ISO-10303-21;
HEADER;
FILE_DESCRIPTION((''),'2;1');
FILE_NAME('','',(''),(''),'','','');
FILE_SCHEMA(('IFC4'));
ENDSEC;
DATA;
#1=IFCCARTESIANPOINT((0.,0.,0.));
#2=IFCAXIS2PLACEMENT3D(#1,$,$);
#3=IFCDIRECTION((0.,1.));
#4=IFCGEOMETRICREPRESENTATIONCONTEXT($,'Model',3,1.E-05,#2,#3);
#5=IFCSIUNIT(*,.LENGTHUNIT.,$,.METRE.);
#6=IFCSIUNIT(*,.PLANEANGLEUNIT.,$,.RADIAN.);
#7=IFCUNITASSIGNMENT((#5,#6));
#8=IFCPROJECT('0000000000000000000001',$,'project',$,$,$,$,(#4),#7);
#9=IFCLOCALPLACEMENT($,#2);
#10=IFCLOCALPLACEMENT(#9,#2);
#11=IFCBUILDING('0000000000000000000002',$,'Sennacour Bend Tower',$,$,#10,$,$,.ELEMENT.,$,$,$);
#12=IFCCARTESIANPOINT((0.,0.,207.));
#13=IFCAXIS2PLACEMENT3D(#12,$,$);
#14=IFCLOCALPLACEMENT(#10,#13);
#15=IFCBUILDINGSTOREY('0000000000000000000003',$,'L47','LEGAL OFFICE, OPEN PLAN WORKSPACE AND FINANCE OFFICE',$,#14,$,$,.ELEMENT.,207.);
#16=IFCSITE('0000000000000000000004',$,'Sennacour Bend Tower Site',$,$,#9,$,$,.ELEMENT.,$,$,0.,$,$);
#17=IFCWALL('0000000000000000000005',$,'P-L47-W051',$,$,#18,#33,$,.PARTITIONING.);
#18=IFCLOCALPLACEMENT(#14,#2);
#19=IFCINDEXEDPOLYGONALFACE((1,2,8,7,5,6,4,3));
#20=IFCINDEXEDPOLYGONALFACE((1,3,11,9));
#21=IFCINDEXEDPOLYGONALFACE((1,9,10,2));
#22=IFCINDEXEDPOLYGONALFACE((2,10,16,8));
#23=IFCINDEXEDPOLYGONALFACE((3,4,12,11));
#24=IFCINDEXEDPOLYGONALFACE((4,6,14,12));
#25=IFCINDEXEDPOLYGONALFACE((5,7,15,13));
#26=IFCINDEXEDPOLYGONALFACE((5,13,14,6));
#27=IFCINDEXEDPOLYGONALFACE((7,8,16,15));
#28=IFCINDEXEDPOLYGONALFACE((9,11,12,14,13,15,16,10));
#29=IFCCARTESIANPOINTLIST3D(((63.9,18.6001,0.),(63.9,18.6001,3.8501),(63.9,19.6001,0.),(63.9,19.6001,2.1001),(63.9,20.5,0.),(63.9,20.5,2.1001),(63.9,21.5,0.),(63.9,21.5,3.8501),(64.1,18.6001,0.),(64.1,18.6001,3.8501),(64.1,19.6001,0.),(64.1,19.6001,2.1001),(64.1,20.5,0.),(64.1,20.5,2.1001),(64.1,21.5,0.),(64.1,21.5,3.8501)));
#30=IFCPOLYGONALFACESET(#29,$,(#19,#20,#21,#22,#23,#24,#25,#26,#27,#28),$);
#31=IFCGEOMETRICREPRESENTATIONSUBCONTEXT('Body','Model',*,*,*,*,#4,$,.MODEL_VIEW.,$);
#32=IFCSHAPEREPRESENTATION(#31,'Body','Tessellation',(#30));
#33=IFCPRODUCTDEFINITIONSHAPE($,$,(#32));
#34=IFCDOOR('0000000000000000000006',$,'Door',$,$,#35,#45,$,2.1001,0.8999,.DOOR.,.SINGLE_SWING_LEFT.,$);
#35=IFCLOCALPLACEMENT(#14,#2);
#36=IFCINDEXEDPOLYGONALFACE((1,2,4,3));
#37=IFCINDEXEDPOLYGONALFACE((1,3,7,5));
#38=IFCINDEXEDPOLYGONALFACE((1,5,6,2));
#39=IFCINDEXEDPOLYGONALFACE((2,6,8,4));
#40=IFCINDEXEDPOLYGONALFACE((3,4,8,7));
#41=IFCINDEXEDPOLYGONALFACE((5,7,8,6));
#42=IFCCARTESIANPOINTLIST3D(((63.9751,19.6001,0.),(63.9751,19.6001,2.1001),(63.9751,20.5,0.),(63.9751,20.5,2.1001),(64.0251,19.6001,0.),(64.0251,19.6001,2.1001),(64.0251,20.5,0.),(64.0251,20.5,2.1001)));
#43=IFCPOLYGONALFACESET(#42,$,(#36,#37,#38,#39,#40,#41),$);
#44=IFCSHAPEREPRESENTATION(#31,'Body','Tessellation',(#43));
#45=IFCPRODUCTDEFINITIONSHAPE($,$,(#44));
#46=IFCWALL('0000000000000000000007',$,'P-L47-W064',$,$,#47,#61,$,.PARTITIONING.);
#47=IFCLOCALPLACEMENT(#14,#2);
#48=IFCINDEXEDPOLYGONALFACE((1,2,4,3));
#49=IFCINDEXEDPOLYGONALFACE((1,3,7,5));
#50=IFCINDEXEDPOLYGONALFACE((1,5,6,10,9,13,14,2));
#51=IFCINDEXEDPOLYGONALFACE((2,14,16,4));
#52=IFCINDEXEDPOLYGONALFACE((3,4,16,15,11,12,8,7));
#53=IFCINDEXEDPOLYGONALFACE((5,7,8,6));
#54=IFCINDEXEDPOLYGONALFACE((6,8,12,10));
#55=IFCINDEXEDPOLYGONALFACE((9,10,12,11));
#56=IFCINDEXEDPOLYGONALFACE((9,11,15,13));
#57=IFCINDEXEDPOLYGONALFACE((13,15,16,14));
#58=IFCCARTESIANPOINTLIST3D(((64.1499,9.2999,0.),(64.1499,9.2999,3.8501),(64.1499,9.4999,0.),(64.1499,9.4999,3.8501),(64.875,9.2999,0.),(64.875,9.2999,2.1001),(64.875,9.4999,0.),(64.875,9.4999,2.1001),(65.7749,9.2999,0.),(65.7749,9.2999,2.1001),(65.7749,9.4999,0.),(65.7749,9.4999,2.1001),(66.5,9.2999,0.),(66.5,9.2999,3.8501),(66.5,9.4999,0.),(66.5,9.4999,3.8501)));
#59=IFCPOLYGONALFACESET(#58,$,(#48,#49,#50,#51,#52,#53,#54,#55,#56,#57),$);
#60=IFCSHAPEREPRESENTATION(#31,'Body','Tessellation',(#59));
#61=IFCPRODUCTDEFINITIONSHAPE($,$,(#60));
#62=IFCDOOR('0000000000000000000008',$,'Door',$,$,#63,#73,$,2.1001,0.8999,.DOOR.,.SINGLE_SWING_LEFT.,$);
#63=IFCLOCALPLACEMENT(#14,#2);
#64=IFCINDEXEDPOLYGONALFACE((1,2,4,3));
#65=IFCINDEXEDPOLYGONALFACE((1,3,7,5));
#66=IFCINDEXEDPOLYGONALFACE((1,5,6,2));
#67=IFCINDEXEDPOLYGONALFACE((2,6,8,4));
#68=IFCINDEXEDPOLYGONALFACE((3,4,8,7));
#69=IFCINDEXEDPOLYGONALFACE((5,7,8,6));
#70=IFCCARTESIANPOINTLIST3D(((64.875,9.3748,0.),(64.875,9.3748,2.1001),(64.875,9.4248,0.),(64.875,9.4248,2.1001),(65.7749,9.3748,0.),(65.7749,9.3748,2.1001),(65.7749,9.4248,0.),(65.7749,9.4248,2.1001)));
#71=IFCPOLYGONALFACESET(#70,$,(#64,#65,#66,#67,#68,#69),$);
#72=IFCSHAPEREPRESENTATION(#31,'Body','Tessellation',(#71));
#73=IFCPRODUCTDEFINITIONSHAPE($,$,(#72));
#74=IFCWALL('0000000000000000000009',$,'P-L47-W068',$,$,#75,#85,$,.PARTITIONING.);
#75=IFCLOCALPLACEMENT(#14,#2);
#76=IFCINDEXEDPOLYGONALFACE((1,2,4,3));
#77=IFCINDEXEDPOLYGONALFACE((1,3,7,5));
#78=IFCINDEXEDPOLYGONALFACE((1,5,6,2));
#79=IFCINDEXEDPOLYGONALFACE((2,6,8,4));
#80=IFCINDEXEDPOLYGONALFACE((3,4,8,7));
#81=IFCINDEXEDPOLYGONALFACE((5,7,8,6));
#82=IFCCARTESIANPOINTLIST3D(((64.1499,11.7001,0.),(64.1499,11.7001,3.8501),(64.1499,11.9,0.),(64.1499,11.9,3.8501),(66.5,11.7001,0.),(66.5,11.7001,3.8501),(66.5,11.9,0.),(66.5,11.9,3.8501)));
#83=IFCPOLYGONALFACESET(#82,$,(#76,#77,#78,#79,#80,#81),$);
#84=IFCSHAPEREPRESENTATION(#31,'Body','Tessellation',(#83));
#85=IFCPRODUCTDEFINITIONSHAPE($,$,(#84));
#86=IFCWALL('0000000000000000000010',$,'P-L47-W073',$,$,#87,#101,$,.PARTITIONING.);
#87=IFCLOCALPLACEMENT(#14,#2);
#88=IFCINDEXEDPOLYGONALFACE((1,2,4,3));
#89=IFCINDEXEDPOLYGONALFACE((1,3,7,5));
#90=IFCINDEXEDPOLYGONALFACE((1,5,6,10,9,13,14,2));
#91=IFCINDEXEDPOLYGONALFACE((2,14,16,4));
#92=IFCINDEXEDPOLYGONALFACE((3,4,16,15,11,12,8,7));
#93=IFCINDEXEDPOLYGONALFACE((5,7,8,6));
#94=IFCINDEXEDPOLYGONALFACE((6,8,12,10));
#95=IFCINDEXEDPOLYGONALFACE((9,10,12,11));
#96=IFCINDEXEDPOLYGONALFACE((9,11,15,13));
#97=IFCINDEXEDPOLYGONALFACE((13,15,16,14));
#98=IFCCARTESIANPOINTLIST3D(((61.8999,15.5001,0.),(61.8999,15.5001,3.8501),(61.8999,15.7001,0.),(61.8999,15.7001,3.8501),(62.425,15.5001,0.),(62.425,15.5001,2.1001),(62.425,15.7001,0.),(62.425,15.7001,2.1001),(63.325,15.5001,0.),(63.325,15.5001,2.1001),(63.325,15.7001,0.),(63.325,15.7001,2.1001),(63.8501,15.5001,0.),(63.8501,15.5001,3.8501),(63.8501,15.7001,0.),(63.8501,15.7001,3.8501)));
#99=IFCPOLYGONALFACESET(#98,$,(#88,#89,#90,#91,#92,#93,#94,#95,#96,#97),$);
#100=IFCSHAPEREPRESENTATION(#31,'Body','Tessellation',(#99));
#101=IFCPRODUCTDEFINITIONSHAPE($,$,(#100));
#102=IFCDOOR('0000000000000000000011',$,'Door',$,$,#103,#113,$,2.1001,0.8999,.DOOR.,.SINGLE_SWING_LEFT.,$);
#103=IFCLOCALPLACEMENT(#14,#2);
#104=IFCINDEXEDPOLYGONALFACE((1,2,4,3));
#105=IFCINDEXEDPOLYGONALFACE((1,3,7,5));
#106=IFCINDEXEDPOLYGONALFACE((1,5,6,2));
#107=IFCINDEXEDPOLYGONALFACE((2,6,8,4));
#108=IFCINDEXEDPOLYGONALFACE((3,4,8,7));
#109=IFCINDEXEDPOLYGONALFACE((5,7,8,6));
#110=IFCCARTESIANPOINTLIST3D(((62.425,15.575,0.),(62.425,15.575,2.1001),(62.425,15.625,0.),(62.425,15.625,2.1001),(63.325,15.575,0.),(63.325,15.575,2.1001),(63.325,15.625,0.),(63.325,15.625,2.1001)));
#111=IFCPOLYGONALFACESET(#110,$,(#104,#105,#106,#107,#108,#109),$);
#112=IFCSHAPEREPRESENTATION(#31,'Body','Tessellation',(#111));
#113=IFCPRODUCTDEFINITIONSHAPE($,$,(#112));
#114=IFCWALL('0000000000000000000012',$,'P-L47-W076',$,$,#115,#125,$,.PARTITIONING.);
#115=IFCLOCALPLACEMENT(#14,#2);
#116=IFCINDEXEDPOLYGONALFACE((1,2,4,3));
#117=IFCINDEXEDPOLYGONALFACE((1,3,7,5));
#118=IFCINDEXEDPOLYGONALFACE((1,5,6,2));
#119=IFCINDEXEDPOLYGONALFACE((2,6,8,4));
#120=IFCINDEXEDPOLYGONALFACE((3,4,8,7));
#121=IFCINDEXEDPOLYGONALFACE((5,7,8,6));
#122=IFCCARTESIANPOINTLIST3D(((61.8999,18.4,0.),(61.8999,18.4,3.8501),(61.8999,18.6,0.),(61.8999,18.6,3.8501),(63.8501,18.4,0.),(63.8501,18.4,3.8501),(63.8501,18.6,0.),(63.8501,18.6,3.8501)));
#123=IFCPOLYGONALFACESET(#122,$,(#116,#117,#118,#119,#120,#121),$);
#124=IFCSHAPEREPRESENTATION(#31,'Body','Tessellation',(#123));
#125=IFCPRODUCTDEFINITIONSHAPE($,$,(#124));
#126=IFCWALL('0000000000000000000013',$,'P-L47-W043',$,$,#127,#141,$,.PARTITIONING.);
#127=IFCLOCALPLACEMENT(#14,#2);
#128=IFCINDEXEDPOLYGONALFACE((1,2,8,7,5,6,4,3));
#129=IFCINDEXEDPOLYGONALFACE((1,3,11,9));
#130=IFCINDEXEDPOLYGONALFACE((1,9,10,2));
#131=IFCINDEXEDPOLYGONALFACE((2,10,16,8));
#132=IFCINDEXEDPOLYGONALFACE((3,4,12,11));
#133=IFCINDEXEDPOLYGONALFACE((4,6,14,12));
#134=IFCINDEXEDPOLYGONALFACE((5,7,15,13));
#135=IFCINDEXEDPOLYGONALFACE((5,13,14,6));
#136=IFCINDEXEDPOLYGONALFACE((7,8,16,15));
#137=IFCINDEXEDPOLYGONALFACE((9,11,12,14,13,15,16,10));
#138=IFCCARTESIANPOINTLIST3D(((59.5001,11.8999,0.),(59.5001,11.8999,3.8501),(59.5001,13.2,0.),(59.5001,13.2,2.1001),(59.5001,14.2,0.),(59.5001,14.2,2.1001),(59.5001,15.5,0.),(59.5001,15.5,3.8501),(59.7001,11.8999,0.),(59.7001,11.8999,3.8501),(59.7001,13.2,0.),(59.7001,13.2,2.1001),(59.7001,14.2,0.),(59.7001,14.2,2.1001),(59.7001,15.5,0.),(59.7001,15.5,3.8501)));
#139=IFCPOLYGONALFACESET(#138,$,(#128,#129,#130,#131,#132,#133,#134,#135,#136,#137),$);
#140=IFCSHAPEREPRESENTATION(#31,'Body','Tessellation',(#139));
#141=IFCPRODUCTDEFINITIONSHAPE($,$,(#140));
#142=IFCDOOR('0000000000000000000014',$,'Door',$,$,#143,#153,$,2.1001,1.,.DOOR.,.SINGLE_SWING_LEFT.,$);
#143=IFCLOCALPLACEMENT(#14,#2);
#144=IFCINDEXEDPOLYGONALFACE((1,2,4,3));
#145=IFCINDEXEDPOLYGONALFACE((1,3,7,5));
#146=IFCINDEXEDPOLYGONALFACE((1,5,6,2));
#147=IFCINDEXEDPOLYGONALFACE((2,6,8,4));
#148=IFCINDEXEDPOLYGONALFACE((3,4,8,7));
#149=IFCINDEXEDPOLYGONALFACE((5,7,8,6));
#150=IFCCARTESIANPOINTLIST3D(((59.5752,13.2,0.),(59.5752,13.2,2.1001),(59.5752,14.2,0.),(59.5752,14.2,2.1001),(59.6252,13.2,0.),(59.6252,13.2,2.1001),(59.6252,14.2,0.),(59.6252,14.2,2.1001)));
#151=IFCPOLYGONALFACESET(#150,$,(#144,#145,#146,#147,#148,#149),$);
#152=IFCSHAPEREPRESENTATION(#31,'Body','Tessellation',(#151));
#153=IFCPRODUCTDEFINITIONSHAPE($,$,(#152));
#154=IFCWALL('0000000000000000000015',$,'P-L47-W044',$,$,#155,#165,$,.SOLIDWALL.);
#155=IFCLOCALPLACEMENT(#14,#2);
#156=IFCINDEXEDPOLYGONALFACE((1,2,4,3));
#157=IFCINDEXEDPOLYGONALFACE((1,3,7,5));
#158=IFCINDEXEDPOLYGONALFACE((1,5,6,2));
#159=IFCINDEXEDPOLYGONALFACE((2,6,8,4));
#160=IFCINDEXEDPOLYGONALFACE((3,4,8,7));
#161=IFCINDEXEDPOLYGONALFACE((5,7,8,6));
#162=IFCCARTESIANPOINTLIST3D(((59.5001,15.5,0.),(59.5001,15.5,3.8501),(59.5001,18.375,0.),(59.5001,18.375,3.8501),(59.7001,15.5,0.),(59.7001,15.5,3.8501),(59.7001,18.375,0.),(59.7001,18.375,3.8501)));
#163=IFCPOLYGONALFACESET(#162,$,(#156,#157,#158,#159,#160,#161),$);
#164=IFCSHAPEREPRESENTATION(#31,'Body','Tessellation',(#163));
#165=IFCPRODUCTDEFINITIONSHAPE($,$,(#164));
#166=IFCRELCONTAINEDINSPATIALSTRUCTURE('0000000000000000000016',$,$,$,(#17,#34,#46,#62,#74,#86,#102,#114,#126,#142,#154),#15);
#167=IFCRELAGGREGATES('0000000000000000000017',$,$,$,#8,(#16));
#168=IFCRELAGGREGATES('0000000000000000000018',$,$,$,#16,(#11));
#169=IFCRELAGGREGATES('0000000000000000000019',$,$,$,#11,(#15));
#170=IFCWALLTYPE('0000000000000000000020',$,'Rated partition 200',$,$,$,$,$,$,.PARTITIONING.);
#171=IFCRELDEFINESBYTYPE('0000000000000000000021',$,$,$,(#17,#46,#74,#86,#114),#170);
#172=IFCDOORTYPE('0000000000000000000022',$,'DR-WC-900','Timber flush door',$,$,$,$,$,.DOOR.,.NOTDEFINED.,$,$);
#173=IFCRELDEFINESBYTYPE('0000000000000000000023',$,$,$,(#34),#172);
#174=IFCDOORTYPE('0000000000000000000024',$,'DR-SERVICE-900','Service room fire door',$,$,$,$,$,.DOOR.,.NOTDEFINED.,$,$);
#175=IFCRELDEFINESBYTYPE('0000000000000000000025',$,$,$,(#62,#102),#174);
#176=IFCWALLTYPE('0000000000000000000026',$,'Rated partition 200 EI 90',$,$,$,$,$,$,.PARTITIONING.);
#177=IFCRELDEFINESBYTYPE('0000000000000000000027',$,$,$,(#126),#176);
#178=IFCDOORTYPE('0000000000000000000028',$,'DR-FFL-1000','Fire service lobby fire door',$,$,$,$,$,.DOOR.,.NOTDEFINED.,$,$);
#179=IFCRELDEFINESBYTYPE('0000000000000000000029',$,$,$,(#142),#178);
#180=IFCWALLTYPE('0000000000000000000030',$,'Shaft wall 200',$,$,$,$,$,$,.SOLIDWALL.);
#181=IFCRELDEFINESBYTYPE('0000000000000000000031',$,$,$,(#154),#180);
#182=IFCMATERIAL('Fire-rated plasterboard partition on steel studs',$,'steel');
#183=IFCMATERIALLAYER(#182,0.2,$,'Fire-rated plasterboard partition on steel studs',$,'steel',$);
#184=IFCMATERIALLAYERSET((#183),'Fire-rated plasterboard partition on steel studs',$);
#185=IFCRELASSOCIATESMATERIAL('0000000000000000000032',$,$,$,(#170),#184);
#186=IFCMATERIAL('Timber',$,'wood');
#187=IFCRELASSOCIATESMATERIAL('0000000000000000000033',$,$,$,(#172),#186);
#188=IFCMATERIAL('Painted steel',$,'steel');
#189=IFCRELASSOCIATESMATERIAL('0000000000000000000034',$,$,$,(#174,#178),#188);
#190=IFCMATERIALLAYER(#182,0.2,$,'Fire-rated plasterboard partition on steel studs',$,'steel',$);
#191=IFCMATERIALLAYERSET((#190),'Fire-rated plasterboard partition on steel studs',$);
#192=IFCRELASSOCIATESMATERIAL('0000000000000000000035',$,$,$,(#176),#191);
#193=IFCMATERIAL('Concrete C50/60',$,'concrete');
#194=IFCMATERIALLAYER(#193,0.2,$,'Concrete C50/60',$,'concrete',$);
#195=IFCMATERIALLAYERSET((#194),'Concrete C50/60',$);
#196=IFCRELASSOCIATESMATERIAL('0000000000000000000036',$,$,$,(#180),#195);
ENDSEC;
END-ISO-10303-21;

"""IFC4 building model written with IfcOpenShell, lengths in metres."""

from ifc_helpers import new_model, si_unit, direction, frame, frame_2d, origin, place, context, subcontext, project, spatial, rectangle, extrude, material, layer, layer_set, type_object, element, fill, save


model = new_model("IFC4")

# Units and contexts
model_context = context("Model", 3, precision=1e-05, world=origin(), true_north=direction((0.0, 1.0)))
body_context = subcontext(model_context, "Body", "Model", "MODEL_VIEW")
ifc_project = project(units=[si_unit("LENGTHUNIT", "METRE"), si_unit("PLANEANGLEUNIT", "RADIAN")], contexts=[model_context])

# Site, building, storey
site_placement = place(None, origin())
site = spatial("IfcSite", under=ifc_project, at=site_placement, Name="Sennacour Bend Tower Site", CompositionType="ELEMENT", RefElevation=0.0)
building_placement = place(site_placement, origin())
building = spatial("IfcBuilding", under=site, at=building_placement, Name="Sennacour Bend Tower", CompositionType="ELEMENT")
storey_placement = place(building_placement, frame((0.0, 0.0, 207.0)))
storey = spatial("IfcBuildingStorey", under=building, at=storey_placement, Name="L47", Description="LEGAL OFFICE, OPEN PLAN WORKSPACE AND FINANCE OFFICE", CompositionType="ELEMENT", Elevation=207.0)

# Walls, openings, doors
ifc_material_1 = material(Name="Fire-rated plasterboard partition on steel studs", Category="steel")
ifc_layer_1 = layer(ifc_material_1, 0.2, Name="Fire-rated plasterboard partition on steel studs", Category="steel")
ifc_layer_set_1 = layer_set([ifc_layer_1], Name="Fire-rated plasterboard partition on steel studs")
wall_type_1 = type_object("IfcWallType", Name="Rated partition 200", PredefinedType="PARTITIONING", material=ifc_layer_set_1)
wall_1_placement = place(storey_placement, frame((64.0, 18.6001, 0.0), z_axis=(0.0, 0.0, 1.0), x_axis=(0.0, 1.0, 0.0)))
wall_1 = element("IfcWall", 1, at=wall_1_placement, inside=storey, type_object=wall_type_1, Name="P-L47-W051", PredefinedType="PARTITIONING", context=body_context, shape_type="SweptSolid", body=[
    extrude(rectangle(XDim=2.8999, YDim=0.2, at=frame_2d((1.45, 0.0))), origin(), (0.0, 0.0, 1.0), 3.8501),
])
opening_1_placement = place(wall_1_placement, frame((1.0, 0.0, 0.0)))
opening_1 = element("IfcOpeningElement", 2, at=opening_1_placement, cuts=wall_1, PredefinedType="OPENING", context=body_context, shape_type="SweptSolid", body=[
    extrude(rectangle(XDim=0.8999, YDim=2.1001, at=frame_2d((0.45, 1.05))), frame((0.0, 0.1099, 0.0), z_axis=(0.0, -1.0, 0.0), x_axis=(1.0, 0.0, 0.0)), (0.0, 0.0, 1.0), 0.22),
])
ifc_material_2 = material(Name="Timber", Category="wood")
door_type_1 = type_object("IfcDoorType", Name="DR-WC-900", Description="Timber flush door", OperationType="NOTDEFINED", PredefinedType="DOOR", material=ifc_material_2)
door_1_placement = place(opening_1_placement, origin())
door_1 = element("IfcDoor", 3, at=door_1_placement, inside=storey, type_object=door_type_1, Name="Door", OperationType="SINGLE_SWING_LEFT", OverallHeight=2.1001, OverallWidth=0.8999, PredefinedType="DOOR", context=body_context, shape_type="SweptSolid", body=[
    extrude(rectangle(XDim=0.8999, YDim=2.1001, at=frame_2d((0.45, 1.05))), frame((0.0, 0.0249, 0.0), z_axis=(0.0, -1.0, 0.0), x_axis=(1.0, 0.0, 0.0)), (0.0, 0.0, 1.0), 0.05),
])
fill(opening_1, door_1)
wall_2_placement = place(storey_placement, frame((64.1499, 9.3999, 0.0), z_axis=(0.0, 0.0, 1.0), x_axis=(1.0, 0.0, 0.0)))
wall_2 = element("IfcWall", 4, at=wall_2_placement, inside=storey, type_object=wall_type_1, Name="P-L47-W064", PredefinedType="PARTITIONING", context=body_context, shape_type="SweptSolid", body=[
    extrude(rectangle(XDim=2.3501, YDim=0.2, at=frame_2d((1.175, 0.0))), origin(), (0.0, 0.0, 1.0), 3.8501),
])
opening_2_placement = place(wall_2_placement, frame((0.7251, 0.0, 0.0)))
opening_2 = element("IfcOpeningElement", 5, at=opening_2_placement, cuts=wall_2, PredefinedType="OPENING", context=body_context, shape_type="SweptSolid", body=[
    extrude(rectangle(XDim=0.8999, YDim=2.1001, at=frame_2d((0.45, 1.05))), frame((0.0, 0.1099, 0.0), z_axis=(0.0, -1.0, 0.0), x_axis=(1.0, 0.0, 0.0)), (0.0, 0.0, 1.0), 0.22),
])
ifc_material_3 = material(Name="Painted steel", Category="steel")
door_type_2 = type_object("IfcDoorType", Name="DR-SERVICE-900", Description="Service room fire door", OperationType="NOTDEFINED", PredefinedType="DOOR", material=ifc_material_3)
door_2_placement = place(opening_2_placement, origin())
door_2 = element("IfcDoor", 6, at=door_2_placement, inside=storey, type_object=door_type_2, Name="Door", OperationType="SINGLE_SWING_LEFT", OverallHeight=2.1001, OverallWidth=0.8999, PredefinedType="DOOR", context=body_context, shape_type="SweptSolid", body=[
    extrude(rectangle(XDim=0.8999, YDim=2.1001, at=frame_2d((0.45, 1.05))), frame((0.0, 0.0249, 0.0), z_axis=(0.0, -1.0, 0.0), x_axis=(1.0, 0.0, 0.0)), (0.0, 0.0, 1.0), 0.05),
])
fill(opening_2, door_2)

# Wall
wall_3_placement = place(storey_placement, frame((64.1499, 11.8, 0.0), z_axis=(0.0, 0.0, 1.0), x_axis=(1.0, 0.0, 0.0)))
element("IfcWall", 7, at=wall_3_placement, inside=storey, type_object=wall_type_1, Name="P-L47-W068", PredefinedType="PARTITIONING", context=body_context, shape_type="SweptSolid", body=[
    extrude(rectangle(XDim=2.3501, YDim=0.2, at=frame_2d((1.175, 0.0))), origin(), (0.0, 0.0, 1.0), 3.8501),
])

# Wall, opening, door
wall_4_placement = place(storey_placement, frame((61.8999, 15.6001, 0.0), z_axis=(0.0, 0.0, 1.0), x_axis=(1.0, 0.0, 0.0)))
wall_4 = element("IfcWall", 8, at=wall_4_placement, inside=storey, type_object=wall_type_1, Name="P-L47-W073", PredefinedType="PARTITIONING", context=body_context, shape_type="SweptSolid", body=[
    extrude(rectangle(XDim=1.9502, YDim=0.2, at=frame_2d((0.9751, 0.0))), origin(), (0.0, 0.0, 1.0), 3.8501),
])
opening_3_placement = place(wall_4_placement, frame((0.5251, 0.0, 0.0)))
opening_3 = element("IfcOpeningElement", 9, at=opening_3_placement, cuts=wall_4, PredefinedType="OPENING", context=body_context, shape_type="SweptSolid", body=[
    extrude(rectangle(XDim=0.8999, YDim=2.1001, at=frame_2d((0.45, 1.05))), frame((0.0, 0.1099, 0.0), z_axis=(0.0, -1.0, 0.0), x_axis=(1.0, 0.0, 0.0)), (0.0, 0.0, 1.0), 0.22),
])
door_3_placement = place(opening_3_placement, origin())
door_3 = element("IfcDoor", 10, at=door_3_placement, inside=storey, type_object=door_type_2, Name="Door", OperationType="SINGLE_SWING_LEFT", OverallHeight=2.1001, OverallWidth=0.8999, PredefinedType="DOOR", context=body_context, shape_type="SweptSolid", body=[
    extrude(rectangle(XDim=0.8999, YDim=2.1001, at=frame_2d((0.45, 1.05))), frame((0.0, 0.0249, 0.0), z_axis=(0.0, -1.0, 0.0), x_axis=(1.0, 0.0, 0.0)), (0.0, 0.0, 1.0), 0.05),
])
fill(opening_3, door_3)

# Wall
wall_5_placement = place(storey_placement, frame((61.8999, 18.5, 0.0), z_axis=(0.0, 0.0, 1.0), x_axis=(1.0, 0.0, 0.0)))
element("IfcWall", 11, at=wall_5_placement, inside=storey, type_object=wall_type_1, Name="P-L47-W076", PredefinedType="PARTITIONING", context=body_context, shape_type="SweptSolid", body=[
    extrude(rectangle(XDim=1.9502, YDim=0.2, at=frame_2d((0.9751, 0.0))), origin(), (0.0, 0.0, 1.0), 3.8501),
])

# Wall, opening, door
ifc_layer_2 = layer(ifc_material_1, 0.2, Name="Fire-rated plasterboard partition on steel studs", Category="steel")
ifc_layer_set_2 = layer_set([ifc_layer_2], Name="Fire-rated plasterboard partition on steel studs")
wall_type_2 = type_object("IfcWallType", Name="Rated partition 200 EI 90", PredefinedType="PARTITIONING", material=ifc_layer_set_2)
wall_6_placement = place(storey_placement, frame((59.6001, 11.8999, 0.0), z_axis=(0.0, 0.0, 1.0), x_axis=(0.0, 1.0, 0.0)))
wall_6 = element("IfcWall", 12, at=wall_6_placement, inside=storey, type_object=wall_type_2, Name="P-L47-W043", PredefinedType="PARTITIONING", context=body_context, shape_type="SweptSolid", body=[
    extrude(rectangle(XDim=3.6001, YDim=0.2, at=frame_2d((1.8, 0.0))), origin(), (0.0, 0.0, 1.0), 3.8501),
])
opening_4_placement = place(wall_6_placement, frame((1.3, 0.0, 0.0)))
opening_4 = element("IfcOpeningElement", 13, at=opening_4_placement, cuts=wall_6, PredefinedType="OPENING", context=body_context, shape_type="SweptSolid", body=[
    extrude(rectangle(XDim=1.0, YDim=2.1001, at=frame_2d((0.5, 1.05))), frame((0.0, 0.1099, 0.0), z_axis=(0.0, -1.0, 0.0), x_axis=(1.0, 0.0, 0.0)), (0.0, 0.0, 1.0), 0.22),
])
door_type_3 = type_object("IfcDoorType", Name="DR-FFL-1000", Description="Fire service lobby fire door", OperationType="NOTDEFINED", PredefinedType="DOOR", material=ifc_material_3)
door_4_placement = place(opening_4_placement, origin())
door_4 = element("IfcDoor", 14, at=door_4_placement, inside=storey, type_object=door_type_3, Name="Door", OperationType="SINGLE_SWING_LEFT", OverallHeight=2.1001, OverallWidth=1.0, PredefinedType="DOOR", context=body_context, shape_type="SweptSolid", body=[
    extrude(rectangle(XDim=1.0, YDim=2.1001, at=frame_2d((0.5, 1.05))), frame((0.0, 0.0249, 0.0), z_axis=(0.0, -1.0, 0.0), x_axis=(1.0, 0.0, 0.0)), (0.0, 0.0, 1.0), 0.05),
])
fill(opening_4, door_4)

# Wall
ifc_material_4 = material(Name="Concrete C50/60", Category="concrete")
ifc_layer_3 = layer(ifc_material_4, 0.2, Name="Concrete C50/60", Category="concrete")
ifc_layer_set_3 = layer_set([ifc_layer_3], Name="Concrete C50/60")
wall_type_3 = type_object("IfcWallType", Name="Shaft wall 200", PredefinedType="SOLIDWALL", material=ifc_layer_set_3)
wall_7_placement = place(storey_placement, frame((59.6001, 15.5, 0.0), z_axis=(0.0, 0.0, 1.0), x_axis=(0.0, 1.0, 0.0)))
element("IfcWall", 15, at=wall_7_placement, inside=storey, type_object=wall_type_3, Name="P-L47-W044", PredefinedType="SOLIDWALL", context=body_context, shape_type="SweptSolid", body=[
    extrude(rectangle(XDim=2.875, YDim=0.2, at=frame_2d((1.4375, 0.0))), origin(), (0.0, 0.0, 1.0), 3.8501),
])

save(model, "model.ifc")
